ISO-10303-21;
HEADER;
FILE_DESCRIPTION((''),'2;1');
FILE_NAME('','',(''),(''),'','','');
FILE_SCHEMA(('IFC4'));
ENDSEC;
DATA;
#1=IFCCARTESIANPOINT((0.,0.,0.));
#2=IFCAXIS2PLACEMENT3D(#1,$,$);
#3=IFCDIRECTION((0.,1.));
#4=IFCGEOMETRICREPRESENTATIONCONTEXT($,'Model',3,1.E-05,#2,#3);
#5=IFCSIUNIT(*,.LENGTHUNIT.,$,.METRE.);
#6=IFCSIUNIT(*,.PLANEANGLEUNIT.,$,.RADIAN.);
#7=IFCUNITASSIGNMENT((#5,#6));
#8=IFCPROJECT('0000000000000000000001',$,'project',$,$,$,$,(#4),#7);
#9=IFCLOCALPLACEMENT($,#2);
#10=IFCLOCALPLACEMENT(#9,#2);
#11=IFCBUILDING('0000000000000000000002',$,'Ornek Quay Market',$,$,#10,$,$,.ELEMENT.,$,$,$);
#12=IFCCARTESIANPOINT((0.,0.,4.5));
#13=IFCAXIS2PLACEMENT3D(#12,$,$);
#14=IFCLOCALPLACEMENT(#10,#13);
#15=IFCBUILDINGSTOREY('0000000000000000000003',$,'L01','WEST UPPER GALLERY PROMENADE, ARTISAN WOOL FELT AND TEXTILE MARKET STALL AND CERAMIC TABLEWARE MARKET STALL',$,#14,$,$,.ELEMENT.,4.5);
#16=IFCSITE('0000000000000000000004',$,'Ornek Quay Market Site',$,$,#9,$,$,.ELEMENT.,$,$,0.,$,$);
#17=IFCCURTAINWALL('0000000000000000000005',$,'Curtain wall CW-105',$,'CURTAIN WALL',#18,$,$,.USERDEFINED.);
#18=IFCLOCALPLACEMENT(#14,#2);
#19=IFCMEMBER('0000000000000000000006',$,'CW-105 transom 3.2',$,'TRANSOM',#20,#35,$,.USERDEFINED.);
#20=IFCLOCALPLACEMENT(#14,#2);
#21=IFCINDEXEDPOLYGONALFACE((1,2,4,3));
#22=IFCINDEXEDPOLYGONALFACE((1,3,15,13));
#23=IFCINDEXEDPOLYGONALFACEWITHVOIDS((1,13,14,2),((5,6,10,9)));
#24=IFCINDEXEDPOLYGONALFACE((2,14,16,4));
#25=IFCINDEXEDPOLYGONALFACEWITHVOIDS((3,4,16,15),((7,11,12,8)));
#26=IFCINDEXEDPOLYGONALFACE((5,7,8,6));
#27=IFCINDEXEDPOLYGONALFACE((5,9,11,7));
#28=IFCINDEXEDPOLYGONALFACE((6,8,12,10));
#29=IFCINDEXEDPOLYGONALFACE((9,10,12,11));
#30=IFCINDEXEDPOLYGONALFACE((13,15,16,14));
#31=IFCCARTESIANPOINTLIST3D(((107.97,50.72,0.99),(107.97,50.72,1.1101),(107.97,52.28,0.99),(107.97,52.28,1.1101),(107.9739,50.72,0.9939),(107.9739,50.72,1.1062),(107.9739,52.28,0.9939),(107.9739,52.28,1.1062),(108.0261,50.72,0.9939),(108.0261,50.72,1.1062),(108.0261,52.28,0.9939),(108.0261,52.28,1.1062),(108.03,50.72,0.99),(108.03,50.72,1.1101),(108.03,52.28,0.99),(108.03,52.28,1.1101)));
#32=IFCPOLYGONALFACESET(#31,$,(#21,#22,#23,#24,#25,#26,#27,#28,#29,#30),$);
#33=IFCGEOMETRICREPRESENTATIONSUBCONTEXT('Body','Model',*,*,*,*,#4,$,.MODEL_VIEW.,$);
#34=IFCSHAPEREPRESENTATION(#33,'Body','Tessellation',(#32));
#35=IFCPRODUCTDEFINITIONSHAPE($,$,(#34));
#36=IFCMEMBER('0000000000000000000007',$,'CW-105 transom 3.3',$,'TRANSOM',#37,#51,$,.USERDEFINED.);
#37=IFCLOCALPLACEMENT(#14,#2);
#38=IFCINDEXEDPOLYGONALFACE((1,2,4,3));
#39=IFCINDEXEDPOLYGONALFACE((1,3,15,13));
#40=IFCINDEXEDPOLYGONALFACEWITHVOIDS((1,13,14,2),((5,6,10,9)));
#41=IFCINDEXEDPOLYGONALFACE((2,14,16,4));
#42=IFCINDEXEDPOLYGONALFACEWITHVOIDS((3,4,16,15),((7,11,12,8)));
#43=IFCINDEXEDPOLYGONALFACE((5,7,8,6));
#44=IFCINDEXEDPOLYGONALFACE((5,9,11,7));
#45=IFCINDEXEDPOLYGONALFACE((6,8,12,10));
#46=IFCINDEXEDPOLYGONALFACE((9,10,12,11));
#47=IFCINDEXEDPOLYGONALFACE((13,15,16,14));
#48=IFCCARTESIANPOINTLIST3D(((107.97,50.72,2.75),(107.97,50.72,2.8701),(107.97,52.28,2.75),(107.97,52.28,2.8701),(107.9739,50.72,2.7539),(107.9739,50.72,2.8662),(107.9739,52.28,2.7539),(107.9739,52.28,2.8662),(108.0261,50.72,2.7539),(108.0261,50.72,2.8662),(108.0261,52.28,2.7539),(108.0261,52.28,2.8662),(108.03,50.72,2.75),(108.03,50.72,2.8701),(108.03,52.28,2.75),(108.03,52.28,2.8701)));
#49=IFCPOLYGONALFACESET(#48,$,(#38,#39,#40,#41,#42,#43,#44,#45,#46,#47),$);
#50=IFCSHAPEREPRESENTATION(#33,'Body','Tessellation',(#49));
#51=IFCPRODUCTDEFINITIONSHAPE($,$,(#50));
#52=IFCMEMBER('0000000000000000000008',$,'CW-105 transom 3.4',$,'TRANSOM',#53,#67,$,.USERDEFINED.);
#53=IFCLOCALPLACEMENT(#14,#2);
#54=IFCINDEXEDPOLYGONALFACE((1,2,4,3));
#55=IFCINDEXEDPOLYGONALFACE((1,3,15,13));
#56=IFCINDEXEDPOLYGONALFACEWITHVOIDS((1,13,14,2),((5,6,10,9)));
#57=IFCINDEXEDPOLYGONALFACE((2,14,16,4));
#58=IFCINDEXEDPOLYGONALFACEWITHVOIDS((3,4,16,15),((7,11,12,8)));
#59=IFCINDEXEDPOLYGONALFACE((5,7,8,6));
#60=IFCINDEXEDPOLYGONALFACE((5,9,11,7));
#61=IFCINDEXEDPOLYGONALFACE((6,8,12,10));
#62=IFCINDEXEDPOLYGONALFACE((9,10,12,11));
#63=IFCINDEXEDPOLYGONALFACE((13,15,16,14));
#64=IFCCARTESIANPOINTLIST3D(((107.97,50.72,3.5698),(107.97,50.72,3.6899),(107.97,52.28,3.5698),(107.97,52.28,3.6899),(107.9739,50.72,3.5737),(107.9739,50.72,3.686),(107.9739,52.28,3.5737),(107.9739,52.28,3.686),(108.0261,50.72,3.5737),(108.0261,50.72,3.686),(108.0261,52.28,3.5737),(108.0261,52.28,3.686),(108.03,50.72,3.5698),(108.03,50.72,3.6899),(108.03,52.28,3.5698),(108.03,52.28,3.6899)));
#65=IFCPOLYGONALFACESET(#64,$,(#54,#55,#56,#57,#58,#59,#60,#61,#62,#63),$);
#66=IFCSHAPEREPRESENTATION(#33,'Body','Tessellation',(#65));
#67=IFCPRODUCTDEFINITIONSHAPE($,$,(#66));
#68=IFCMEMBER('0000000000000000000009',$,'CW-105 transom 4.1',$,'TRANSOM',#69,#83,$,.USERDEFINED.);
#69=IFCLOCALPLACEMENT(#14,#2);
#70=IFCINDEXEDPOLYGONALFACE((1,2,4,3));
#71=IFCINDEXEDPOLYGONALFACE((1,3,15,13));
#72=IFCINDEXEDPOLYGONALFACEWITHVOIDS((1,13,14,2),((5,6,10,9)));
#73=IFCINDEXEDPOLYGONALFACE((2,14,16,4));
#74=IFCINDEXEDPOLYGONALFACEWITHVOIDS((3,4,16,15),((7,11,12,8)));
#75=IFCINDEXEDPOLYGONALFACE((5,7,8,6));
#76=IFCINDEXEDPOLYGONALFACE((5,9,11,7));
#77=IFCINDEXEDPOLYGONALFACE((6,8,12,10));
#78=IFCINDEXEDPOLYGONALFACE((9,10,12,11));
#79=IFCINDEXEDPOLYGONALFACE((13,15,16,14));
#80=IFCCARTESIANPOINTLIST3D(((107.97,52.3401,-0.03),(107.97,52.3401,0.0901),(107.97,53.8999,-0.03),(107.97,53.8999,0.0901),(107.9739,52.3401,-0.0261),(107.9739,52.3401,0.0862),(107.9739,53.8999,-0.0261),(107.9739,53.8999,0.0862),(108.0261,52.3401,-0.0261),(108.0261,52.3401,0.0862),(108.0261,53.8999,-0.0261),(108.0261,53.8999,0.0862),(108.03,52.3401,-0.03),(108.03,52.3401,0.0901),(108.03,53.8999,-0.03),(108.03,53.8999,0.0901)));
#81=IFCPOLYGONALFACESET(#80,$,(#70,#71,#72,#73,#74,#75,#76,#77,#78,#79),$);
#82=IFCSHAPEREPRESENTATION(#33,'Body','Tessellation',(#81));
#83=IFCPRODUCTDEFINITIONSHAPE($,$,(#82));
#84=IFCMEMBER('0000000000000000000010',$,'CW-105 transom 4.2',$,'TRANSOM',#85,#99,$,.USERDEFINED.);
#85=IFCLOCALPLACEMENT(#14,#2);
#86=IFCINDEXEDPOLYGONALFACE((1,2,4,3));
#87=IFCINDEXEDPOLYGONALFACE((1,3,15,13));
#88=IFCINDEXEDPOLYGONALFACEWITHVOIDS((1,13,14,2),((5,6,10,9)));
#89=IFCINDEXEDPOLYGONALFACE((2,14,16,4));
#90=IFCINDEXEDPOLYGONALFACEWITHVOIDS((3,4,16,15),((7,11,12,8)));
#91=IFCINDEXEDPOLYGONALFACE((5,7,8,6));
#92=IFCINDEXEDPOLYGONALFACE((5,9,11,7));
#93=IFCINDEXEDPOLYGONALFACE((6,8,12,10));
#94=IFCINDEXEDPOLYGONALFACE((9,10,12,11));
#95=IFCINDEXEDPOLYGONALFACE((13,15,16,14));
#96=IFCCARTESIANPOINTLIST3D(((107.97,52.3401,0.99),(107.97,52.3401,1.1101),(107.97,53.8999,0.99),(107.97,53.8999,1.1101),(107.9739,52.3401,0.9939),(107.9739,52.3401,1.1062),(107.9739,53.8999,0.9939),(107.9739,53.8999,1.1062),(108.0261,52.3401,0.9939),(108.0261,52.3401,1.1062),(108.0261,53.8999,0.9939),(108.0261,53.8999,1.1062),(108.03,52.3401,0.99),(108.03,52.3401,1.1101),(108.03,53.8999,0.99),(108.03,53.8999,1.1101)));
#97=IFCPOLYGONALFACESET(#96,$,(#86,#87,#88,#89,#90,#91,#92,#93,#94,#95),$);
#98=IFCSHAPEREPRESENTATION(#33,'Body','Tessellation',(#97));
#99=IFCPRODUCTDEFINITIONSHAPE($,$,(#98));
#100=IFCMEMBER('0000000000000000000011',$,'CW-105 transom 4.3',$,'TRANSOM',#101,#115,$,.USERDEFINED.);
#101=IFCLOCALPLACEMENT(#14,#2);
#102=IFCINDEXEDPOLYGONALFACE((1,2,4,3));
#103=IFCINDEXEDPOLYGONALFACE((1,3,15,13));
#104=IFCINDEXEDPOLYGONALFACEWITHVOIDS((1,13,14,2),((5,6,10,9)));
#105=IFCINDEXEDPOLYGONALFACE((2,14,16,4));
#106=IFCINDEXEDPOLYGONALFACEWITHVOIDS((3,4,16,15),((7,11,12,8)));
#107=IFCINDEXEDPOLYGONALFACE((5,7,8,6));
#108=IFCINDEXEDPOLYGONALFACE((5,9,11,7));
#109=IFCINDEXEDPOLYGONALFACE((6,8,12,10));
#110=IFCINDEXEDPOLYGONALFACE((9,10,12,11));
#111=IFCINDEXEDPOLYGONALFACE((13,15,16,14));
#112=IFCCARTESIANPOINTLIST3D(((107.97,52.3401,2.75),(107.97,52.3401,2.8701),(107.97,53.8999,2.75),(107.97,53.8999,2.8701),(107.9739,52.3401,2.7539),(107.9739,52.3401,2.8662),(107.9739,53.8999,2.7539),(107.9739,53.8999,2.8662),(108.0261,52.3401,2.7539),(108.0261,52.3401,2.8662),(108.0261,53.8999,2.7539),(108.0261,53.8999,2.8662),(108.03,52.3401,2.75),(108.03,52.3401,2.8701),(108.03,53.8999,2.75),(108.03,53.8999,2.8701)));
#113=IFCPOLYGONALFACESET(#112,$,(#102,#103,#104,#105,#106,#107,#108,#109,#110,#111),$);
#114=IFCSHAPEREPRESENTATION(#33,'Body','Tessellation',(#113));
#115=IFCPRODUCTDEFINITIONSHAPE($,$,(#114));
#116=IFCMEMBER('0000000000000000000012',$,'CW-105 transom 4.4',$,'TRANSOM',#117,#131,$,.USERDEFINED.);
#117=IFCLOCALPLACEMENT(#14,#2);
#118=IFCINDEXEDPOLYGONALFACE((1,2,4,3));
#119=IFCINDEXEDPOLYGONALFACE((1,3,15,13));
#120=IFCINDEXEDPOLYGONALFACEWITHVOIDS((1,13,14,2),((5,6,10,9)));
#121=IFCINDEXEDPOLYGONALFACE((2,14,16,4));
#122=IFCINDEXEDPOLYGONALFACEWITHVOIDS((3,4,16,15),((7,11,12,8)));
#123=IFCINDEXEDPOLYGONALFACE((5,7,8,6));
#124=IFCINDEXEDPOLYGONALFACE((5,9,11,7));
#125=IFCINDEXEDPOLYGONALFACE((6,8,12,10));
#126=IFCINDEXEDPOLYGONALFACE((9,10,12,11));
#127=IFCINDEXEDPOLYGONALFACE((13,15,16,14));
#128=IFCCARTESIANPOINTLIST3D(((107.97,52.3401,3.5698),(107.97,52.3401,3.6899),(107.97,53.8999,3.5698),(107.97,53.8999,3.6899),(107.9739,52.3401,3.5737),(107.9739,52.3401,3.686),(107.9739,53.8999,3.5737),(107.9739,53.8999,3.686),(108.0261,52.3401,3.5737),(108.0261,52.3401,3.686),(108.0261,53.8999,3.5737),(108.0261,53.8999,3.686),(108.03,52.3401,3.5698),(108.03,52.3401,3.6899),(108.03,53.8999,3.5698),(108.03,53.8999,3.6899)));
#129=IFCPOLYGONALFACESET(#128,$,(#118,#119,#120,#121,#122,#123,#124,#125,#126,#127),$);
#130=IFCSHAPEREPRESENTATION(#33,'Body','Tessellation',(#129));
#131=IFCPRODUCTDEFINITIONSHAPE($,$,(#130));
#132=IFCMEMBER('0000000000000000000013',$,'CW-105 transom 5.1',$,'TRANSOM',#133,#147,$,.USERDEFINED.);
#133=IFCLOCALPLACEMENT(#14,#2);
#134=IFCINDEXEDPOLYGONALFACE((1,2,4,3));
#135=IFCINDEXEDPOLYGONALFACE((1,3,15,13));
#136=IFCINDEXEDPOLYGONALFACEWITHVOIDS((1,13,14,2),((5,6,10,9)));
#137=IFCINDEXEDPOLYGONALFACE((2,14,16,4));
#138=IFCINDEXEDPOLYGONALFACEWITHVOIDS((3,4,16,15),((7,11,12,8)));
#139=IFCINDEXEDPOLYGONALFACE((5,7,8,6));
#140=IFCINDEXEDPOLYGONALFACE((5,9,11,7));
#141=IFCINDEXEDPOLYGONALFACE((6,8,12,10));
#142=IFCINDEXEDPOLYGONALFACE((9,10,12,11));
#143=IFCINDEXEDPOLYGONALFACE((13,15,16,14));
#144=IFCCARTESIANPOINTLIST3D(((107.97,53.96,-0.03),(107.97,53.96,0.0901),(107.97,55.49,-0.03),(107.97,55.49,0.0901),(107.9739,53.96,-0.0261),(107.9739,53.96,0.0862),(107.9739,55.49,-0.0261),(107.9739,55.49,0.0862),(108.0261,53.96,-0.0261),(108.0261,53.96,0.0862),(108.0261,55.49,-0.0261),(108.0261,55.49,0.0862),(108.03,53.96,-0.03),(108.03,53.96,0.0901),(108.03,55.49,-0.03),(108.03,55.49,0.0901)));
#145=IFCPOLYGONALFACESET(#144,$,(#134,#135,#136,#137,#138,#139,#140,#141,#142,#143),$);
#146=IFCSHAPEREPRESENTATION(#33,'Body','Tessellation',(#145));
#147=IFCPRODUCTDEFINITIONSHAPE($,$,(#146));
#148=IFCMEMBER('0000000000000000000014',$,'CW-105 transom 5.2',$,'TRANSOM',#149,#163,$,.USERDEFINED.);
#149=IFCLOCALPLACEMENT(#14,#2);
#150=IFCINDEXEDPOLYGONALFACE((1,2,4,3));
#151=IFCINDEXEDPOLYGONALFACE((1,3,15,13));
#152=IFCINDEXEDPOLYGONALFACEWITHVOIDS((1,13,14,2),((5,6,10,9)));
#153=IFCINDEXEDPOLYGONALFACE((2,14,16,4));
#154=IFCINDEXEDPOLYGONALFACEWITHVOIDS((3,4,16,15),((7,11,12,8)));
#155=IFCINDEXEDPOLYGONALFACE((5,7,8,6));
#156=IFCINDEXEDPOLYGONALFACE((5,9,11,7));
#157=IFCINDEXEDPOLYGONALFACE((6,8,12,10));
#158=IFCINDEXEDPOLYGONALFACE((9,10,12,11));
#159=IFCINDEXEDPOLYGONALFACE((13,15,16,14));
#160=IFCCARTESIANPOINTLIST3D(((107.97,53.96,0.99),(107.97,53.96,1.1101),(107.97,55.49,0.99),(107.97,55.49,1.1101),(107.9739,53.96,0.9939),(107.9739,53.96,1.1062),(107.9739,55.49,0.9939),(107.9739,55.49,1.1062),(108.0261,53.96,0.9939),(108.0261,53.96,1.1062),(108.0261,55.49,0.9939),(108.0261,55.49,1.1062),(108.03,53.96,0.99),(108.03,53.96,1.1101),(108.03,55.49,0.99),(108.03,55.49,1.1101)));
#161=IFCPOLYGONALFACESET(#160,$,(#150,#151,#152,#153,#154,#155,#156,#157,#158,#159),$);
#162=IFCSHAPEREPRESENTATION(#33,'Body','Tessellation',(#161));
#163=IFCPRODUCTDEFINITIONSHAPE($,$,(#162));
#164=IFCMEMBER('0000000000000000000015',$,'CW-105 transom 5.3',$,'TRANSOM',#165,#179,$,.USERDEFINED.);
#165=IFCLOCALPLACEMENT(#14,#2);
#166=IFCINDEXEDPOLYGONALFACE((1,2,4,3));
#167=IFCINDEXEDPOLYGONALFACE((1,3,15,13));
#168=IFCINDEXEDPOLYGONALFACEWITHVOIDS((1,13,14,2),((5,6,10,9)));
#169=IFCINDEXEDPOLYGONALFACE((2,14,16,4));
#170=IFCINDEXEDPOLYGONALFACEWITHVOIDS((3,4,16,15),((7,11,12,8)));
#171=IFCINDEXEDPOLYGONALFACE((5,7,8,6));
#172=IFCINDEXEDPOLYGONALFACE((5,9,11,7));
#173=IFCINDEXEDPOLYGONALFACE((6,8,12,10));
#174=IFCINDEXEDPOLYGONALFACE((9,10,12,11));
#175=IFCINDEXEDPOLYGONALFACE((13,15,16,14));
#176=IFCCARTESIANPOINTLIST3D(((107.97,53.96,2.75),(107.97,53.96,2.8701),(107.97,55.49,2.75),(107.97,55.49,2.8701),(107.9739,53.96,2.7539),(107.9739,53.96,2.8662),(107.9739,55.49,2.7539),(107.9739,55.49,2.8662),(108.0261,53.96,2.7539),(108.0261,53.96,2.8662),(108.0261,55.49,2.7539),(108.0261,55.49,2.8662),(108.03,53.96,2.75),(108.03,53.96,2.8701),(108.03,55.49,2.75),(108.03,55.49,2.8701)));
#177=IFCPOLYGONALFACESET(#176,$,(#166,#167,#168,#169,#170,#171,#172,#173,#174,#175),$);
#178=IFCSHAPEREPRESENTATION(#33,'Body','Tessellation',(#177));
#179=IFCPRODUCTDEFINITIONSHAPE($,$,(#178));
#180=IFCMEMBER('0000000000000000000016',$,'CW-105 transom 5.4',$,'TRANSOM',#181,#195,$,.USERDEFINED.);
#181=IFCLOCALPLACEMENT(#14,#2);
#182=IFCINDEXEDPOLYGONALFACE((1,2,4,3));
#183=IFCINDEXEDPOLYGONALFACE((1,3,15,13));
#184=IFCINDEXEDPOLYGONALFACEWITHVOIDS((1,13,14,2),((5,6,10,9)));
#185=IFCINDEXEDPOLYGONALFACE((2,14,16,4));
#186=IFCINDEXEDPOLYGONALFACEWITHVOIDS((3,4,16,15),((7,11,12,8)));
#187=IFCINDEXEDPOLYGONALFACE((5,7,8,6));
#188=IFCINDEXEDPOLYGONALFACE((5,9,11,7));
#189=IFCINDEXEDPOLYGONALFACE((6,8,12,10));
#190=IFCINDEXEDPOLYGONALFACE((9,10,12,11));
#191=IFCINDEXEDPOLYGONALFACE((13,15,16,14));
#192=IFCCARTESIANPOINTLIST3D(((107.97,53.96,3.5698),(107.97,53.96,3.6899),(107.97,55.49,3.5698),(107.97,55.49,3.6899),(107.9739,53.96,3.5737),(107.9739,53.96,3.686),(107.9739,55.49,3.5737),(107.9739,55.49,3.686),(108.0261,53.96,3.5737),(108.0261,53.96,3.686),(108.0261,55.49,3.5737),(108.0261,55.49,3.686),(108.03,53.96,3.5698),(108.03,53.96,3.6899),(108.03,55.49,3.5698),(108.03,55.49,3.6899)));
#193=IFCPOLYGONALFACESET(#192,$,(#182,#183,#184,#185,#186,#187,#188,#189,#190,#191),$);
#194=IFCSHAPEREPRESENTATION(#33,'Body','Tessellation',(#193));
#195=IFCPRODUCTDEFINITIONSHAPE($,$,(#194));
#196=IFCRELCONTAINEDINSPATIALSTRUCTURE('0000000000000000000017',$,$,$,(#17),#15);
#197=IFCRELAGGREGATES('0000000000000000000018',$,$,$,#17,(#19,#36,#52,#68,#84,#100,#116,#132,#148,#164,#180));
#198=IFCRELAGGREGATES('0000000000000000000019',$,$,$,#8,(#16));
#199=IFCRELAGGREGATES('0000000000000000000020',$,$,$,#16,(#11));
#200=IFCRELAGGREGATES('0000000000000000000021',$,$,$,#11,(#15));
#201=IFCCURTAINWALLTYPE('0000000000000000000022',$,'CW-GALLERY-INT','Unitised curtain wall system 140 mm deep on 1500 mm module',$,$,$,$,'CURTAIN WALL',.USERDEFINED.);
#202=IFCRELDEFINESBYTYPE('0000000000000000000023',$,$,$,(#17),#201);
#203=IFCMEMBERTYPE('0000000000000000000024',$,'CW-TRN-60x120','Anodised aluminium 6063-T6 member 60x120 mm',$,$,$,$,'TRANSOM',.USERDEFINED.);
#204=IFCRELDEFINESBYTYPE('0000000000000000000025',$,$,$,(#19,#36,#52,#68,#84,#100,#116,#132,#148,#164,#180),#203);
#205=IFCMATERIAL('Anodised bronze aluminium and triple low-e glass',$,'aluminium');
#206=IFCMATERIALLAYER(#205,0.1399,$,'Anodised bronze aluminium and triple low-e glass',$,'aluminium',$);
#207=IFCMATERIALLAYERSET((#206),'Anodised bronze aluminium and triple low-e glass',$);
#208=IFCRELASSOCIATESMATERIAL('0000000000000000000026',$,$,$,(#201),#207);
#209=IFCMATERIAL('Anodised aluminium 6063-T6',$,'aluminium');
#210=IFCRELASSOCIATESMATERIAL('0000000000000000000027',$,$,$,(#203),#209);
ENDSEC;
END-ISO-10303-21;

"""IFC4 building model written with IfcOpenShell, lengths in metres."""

from ifc_helpers import new_model, si_unit, direction, frame, origin, origin_2d, place, context, subcontext, project, spatial, hollow_rectangle, extrude, material, layer, layer_set, material_profile, profile_set, type_object, element, aggregate, save


model = new_model("IFC4")

# Units and contexts
model_context = context("Model", 3, precision=1e-05, world=origin(), true_north=direction((0.0, 1.0)))
body_context = subcontext(model_context, "Body", "Model", "MODEL_VIEW")
ifc_project = project(units=[si_unit("LENGTHUNIT", "METRE"), si_unit("PLANEANGLEUNIT", "RADIAN")], contexts=[model_context])

# Site, building, storey
site_placement = place(None, origin())
site = spatial("IfcSite", under=ifc_project, at=site_placement, Name="Ornek Quay Market Site", CompositionType="ELEMENT", RefElevation=0.0)
building_placement = place(site_placement, origin())
building = spatial("IfcBuilding", under=site, at=building_placement, Name="Ornek Quay Market", CompositionType="ELEMENT")
storey_placement = place(building_placement, frame((0.0, 0.0, 4.5)))
storey = spatial("IfcBuildingStorey", under=building, at=storey_placement, Name="L01", Description="WEST UPPER GALLERY PROMENADE, ARTISAN WOOL FELT AND TEXTILE MARKET STALL AND CERAMIC TABLEWARE MARKET STALL", CompositionType="ELEMENT", Elevation=4.5)

# Curtain wall, members
ifc_material_1 = material(Name="Anodised bronze aluminium and triple low-e glass", Category="aluminium")
ifc_layer_1 = layer(ifc_material_1, 0.1399, Name="Anodised bronze aluminium and triple low-e glass", Category="aluminium")
ifc_layer_set_1 = layer_set([ifc_layer_1], Name="Anodised bronze aluminium and triple low-e glass")
curtain_wall_type = type_object("IfcCurtainWallType", Name="CW-GALLERY-INT", Description="Unitised curtain wall system 140 mm deep on 1500 mm module", ElementType="CURTAIN WALL", PredefinedType="USERDEFINED", material=ifc_layer_set_1)
curtain_wall_placement = place(storey_placement, origin())
curtain_wall = element("IfcCurtainWall", 1, at=curtain_wall_placement, inside=storey, type_object=curtain_wall_type, Name="Curtain wall CW-105", ObjectType="CURTAIN WALL", PredefinedType="USERDEFINED")
ifc_material_2 = material(Name="Anodised aluminium 6063-T6", Category="aluminium")
ifc_material_profile_1 = material_profile(ifc_material_2, hollow_rectangle(XDim=0.0601, YDim=0.1201, WallThickness=0.0039, at=origin_2d()), Name="CW-TRN-60x120", Category="aluminium")
ifc_profile_set_1 = profile_set([ifc_material_profile_1], Name="Anodised aluminium 6063-T6")
member_type_1 = type_object("IfcMemberType", Name="CW-TRN-60x120", Description="Anodised aluminium 6063-T6 member 60x120 mm", ElementType="TRANSOM", PredefinedType="USERDEFINED", material=ifc_profile_set_1)
member_1_placement = place(storey_placement, frame((108.0, 50.72, 1.05), z_axis=(0.0, 1.0, 0.0), x_axis=(-1.0, 0.0, 0.0)))
member_1 = element("IfcMember", 2, at=member_1_placement, type_object=member_type_1, Name="CW-105 transom 3.2", ObjectType="TRANSOM", PredefinedType="USERDEFINED", context=body_context, shape_type="SweptSolid", body=[
    extrude(hollow_rectangle(XDim=0.0601, YDim=0.1201, WallThickness=0.0039, at=origin_2d()), origin(), (0.0, 0.0, 1.0), 1.5601),
])
member_2_placement = place(storey_placement, frame((108.0, 50.72, 2.8101), z_axis=(0.0, 1.0, 0.0), x_axis=(-1.0, 0.0, 0.0)))
member_2 = element("IfcMember", 3, at=member_2_placement, type_object=member_type_1, Name="CW-105 transom 3.3", ObjectType="TRANSOM", PredefinedType="USERDEFINED", context=body_context, shape_type="SweptSolid", body=[
    extrude(hollow_rectangle(XDim=0.0601, YDim=0.1201, WallThickness=0.0039, at=origin_2d()), origin(), (0.0, 0.0, 1.0), 1.5601),
])
member_3_placement = place(storey_placement, frame((108.0, 50.72, 3.6299), z_axis=(0.0, 1.0, 0.0), x_axis=(-1.0, 0.0, 0.0)))
member_3 = element("IfcMember", 4, at=member_3_placement, type_object=member_type_1, Name="CW-105 transom 3.4", ObjectType="TRANSOM", PredefinedType="USERDEFINED", context=body_context, shape_type="SweptSolid", body=[
    extrude(hollow_rectangle(XDim=0.0601, YDim=0.1201, WallThickness=0.0039, at=origin_2d()), origin(), (0.0, 0.0, 1.0), 1.5601),
])
member_4_placement = place(storey_placement, frame((108.0, 52.3401, 0.03), z_axis=(0.0, 1.0, 0.0), x_axis=(-1.0, 0.0, 0.0)))
member_4 = element("IfcMember", 5, at=member_4_placement, type_object=member_type_1, Name="CW-105 transom 4.1", ObjectType="TRANSOM", PredefinedType="USERDEFINED", context=body_context, shape_type="SweptSolid", body=[
    extrude(hollow_rectangle(XDim=0.0601, YDim=0.1201, WallThickness=0.0039, at=origin_2d()), origin(), (0.0, 0.0, 1.0), 1.5598),
])
member_5_placement = place(storey_placement, frame((108.0, 52.3401, 1.05), z_axis=(0.0, 1.0, 0.0), x_axis=(-1.0, 0.0, 0.0)))
member_5 = element("IfcMember", 6, at=member_5_placement, type_object=member_type_1, Name="CW-105 transom 4.2", ObjectType="TRANSOM", PredefinedType="USERDEFINED", context=body_context, shape_type="SweptSolid", body=[
    extrude(hollow_rectangle(XDim=0.0601, YDim=0.1201, WallThickness=0.0039, at=origin_2d()), origin(), (0.0, 0.0, 1.0), 1.5598),
])
member_6_placement = place(storey_placement, frame((108.0, 52.3401, 2.8101), z_axis=(0.0, 1.0, 0.0), x_axis=(-1.0, 0.0, 0.0)))
member_6 = element("IfcMember", 7, at=member_6_placement, type_object=member_type_1, Name="CW-105 transom 4.3", ObjectType="TRANSOM", PredefinedType="USERDEFINED", context=body_context, shape_type="SweptSolid", body=[
    extrude(hollow_rectangle(XDim=0.0601, YDim=0.1201, WallThickness=0.0039, at=origin_2d()), origin(), (0.0, 0.0, 1.0), 1.5598),
])
member_7_placement = place(storey_placement, frame((108.0, 52.3401, 3.6299), z_axis=(0.0, 1.0, 0.0), x_axis=(-1.0, 0.0, 0.0)))
member_7 = element("IfcMember", 8, at=member_7_placement, type_object=member_type_1, Name="CW-105 transom 4.4", ObjectType="TRANSOM", PredefinedType="USERDEFINED", context=body_context, shape_type="SweptSolid", body=[
    extrude(hollow_rectangle(XDim=0.0601, YDim=0.1201, WallThickness=0.0039, at=origin_2d()), origin(), (0.0, 0.0, 1.0), 1.5598),
])
member_8_placement = place(storey_placement, frame((108.0, 53.96, 0.03), z_axis=(0.0, 1.0, 0.0), x_axis=(-1.0, 0.0, 0.0)))
member_8 = element("IfcMember", 9, at=member_8_placement, type_object=member_type_1, Name="CW-105 transom 5.1", ObjectType="TRANSOM", PredefinedType="USERDEFINED", context=body_context, shape_type="SweptSolid", body=[
    extrude(hollow_rectangle(XDim=0.0601, YDim=0.1201, WallThickness=0.0039, at=origin_2d()), origin(), (0.0, 0.0, 1.0), 1.53),
])
member_9_placement = place(storey_placement, frame((108.0, 53.96, 1.05), z_axis=(0.0, 1.0, 0.0), x_axis=(-1.0, 0.0, 0.0)))
member_9 = element("IfcMember", 10, at=member_9_placement, type_object=member_type_1, Name="CW-105 transom 5.2", ObjectType="TRANSOM", PredefinedType="USERDEFINED", context=body_context, shape_type="SweptSolid", body=[
    extrude(hollow_rectangle(XDim=0.0601, YDim=0.1201, WallThickness=0.0039, at=origin_2d()), origin(), (0.0, 0.0, 1.0), 1.53),
])
member_10_placement = place(storey_placement, frame((108.0, 53.96, 2.8101), z_axis=(0.0, 1.0, 0.0), x_axis=(-1.0, 0.0, 0.0)))
member_10 = element("IfcMember", 11, at=member_10_placement, type_object=member_type_1, Name="CW-105 transom 5.3", ObjectType="TRANSOM", PredefinedType="USERDEFINED", context=body_context, shape_type="SweptSolid", body=[
    extrude(hollow_rectangle(XDim=0.0601, YDim=0.1201, WallThickness=0.0039, at=origin_2d()), origin(), (0.0, 0.0, 1.0), 1.53),
])
member_11_placement = place(storey_placement, frame((108.0, 53.96, 3.6299), z_axis=(0.0, 1.0, 0.0), x_axis=(-1.0, 0.0, 0.0)))
member_11 = element("IfcMember", 12, at=member_11_placement, type_object=member_type_1, Name="CW-105 transom 5.4", ObjectType="TRANSOM", PredefinedType="USERDEFINED", context=body_context, shape_type="SweptSolid", body=[
    extrude(hollow_rectangle(XDim=0.0601, YDim=0.1201, WallThickness=0.0039, at=origin_2d()), origin(), (0.0, 0.0, 1.0), 1.53),
])
aggregate(curtain_wall, [member_1, member_2, member_3, member_4, member_5, member_6, member_7, member_8, member_9, member_10, member_11])

save(model, "model.ifc")
